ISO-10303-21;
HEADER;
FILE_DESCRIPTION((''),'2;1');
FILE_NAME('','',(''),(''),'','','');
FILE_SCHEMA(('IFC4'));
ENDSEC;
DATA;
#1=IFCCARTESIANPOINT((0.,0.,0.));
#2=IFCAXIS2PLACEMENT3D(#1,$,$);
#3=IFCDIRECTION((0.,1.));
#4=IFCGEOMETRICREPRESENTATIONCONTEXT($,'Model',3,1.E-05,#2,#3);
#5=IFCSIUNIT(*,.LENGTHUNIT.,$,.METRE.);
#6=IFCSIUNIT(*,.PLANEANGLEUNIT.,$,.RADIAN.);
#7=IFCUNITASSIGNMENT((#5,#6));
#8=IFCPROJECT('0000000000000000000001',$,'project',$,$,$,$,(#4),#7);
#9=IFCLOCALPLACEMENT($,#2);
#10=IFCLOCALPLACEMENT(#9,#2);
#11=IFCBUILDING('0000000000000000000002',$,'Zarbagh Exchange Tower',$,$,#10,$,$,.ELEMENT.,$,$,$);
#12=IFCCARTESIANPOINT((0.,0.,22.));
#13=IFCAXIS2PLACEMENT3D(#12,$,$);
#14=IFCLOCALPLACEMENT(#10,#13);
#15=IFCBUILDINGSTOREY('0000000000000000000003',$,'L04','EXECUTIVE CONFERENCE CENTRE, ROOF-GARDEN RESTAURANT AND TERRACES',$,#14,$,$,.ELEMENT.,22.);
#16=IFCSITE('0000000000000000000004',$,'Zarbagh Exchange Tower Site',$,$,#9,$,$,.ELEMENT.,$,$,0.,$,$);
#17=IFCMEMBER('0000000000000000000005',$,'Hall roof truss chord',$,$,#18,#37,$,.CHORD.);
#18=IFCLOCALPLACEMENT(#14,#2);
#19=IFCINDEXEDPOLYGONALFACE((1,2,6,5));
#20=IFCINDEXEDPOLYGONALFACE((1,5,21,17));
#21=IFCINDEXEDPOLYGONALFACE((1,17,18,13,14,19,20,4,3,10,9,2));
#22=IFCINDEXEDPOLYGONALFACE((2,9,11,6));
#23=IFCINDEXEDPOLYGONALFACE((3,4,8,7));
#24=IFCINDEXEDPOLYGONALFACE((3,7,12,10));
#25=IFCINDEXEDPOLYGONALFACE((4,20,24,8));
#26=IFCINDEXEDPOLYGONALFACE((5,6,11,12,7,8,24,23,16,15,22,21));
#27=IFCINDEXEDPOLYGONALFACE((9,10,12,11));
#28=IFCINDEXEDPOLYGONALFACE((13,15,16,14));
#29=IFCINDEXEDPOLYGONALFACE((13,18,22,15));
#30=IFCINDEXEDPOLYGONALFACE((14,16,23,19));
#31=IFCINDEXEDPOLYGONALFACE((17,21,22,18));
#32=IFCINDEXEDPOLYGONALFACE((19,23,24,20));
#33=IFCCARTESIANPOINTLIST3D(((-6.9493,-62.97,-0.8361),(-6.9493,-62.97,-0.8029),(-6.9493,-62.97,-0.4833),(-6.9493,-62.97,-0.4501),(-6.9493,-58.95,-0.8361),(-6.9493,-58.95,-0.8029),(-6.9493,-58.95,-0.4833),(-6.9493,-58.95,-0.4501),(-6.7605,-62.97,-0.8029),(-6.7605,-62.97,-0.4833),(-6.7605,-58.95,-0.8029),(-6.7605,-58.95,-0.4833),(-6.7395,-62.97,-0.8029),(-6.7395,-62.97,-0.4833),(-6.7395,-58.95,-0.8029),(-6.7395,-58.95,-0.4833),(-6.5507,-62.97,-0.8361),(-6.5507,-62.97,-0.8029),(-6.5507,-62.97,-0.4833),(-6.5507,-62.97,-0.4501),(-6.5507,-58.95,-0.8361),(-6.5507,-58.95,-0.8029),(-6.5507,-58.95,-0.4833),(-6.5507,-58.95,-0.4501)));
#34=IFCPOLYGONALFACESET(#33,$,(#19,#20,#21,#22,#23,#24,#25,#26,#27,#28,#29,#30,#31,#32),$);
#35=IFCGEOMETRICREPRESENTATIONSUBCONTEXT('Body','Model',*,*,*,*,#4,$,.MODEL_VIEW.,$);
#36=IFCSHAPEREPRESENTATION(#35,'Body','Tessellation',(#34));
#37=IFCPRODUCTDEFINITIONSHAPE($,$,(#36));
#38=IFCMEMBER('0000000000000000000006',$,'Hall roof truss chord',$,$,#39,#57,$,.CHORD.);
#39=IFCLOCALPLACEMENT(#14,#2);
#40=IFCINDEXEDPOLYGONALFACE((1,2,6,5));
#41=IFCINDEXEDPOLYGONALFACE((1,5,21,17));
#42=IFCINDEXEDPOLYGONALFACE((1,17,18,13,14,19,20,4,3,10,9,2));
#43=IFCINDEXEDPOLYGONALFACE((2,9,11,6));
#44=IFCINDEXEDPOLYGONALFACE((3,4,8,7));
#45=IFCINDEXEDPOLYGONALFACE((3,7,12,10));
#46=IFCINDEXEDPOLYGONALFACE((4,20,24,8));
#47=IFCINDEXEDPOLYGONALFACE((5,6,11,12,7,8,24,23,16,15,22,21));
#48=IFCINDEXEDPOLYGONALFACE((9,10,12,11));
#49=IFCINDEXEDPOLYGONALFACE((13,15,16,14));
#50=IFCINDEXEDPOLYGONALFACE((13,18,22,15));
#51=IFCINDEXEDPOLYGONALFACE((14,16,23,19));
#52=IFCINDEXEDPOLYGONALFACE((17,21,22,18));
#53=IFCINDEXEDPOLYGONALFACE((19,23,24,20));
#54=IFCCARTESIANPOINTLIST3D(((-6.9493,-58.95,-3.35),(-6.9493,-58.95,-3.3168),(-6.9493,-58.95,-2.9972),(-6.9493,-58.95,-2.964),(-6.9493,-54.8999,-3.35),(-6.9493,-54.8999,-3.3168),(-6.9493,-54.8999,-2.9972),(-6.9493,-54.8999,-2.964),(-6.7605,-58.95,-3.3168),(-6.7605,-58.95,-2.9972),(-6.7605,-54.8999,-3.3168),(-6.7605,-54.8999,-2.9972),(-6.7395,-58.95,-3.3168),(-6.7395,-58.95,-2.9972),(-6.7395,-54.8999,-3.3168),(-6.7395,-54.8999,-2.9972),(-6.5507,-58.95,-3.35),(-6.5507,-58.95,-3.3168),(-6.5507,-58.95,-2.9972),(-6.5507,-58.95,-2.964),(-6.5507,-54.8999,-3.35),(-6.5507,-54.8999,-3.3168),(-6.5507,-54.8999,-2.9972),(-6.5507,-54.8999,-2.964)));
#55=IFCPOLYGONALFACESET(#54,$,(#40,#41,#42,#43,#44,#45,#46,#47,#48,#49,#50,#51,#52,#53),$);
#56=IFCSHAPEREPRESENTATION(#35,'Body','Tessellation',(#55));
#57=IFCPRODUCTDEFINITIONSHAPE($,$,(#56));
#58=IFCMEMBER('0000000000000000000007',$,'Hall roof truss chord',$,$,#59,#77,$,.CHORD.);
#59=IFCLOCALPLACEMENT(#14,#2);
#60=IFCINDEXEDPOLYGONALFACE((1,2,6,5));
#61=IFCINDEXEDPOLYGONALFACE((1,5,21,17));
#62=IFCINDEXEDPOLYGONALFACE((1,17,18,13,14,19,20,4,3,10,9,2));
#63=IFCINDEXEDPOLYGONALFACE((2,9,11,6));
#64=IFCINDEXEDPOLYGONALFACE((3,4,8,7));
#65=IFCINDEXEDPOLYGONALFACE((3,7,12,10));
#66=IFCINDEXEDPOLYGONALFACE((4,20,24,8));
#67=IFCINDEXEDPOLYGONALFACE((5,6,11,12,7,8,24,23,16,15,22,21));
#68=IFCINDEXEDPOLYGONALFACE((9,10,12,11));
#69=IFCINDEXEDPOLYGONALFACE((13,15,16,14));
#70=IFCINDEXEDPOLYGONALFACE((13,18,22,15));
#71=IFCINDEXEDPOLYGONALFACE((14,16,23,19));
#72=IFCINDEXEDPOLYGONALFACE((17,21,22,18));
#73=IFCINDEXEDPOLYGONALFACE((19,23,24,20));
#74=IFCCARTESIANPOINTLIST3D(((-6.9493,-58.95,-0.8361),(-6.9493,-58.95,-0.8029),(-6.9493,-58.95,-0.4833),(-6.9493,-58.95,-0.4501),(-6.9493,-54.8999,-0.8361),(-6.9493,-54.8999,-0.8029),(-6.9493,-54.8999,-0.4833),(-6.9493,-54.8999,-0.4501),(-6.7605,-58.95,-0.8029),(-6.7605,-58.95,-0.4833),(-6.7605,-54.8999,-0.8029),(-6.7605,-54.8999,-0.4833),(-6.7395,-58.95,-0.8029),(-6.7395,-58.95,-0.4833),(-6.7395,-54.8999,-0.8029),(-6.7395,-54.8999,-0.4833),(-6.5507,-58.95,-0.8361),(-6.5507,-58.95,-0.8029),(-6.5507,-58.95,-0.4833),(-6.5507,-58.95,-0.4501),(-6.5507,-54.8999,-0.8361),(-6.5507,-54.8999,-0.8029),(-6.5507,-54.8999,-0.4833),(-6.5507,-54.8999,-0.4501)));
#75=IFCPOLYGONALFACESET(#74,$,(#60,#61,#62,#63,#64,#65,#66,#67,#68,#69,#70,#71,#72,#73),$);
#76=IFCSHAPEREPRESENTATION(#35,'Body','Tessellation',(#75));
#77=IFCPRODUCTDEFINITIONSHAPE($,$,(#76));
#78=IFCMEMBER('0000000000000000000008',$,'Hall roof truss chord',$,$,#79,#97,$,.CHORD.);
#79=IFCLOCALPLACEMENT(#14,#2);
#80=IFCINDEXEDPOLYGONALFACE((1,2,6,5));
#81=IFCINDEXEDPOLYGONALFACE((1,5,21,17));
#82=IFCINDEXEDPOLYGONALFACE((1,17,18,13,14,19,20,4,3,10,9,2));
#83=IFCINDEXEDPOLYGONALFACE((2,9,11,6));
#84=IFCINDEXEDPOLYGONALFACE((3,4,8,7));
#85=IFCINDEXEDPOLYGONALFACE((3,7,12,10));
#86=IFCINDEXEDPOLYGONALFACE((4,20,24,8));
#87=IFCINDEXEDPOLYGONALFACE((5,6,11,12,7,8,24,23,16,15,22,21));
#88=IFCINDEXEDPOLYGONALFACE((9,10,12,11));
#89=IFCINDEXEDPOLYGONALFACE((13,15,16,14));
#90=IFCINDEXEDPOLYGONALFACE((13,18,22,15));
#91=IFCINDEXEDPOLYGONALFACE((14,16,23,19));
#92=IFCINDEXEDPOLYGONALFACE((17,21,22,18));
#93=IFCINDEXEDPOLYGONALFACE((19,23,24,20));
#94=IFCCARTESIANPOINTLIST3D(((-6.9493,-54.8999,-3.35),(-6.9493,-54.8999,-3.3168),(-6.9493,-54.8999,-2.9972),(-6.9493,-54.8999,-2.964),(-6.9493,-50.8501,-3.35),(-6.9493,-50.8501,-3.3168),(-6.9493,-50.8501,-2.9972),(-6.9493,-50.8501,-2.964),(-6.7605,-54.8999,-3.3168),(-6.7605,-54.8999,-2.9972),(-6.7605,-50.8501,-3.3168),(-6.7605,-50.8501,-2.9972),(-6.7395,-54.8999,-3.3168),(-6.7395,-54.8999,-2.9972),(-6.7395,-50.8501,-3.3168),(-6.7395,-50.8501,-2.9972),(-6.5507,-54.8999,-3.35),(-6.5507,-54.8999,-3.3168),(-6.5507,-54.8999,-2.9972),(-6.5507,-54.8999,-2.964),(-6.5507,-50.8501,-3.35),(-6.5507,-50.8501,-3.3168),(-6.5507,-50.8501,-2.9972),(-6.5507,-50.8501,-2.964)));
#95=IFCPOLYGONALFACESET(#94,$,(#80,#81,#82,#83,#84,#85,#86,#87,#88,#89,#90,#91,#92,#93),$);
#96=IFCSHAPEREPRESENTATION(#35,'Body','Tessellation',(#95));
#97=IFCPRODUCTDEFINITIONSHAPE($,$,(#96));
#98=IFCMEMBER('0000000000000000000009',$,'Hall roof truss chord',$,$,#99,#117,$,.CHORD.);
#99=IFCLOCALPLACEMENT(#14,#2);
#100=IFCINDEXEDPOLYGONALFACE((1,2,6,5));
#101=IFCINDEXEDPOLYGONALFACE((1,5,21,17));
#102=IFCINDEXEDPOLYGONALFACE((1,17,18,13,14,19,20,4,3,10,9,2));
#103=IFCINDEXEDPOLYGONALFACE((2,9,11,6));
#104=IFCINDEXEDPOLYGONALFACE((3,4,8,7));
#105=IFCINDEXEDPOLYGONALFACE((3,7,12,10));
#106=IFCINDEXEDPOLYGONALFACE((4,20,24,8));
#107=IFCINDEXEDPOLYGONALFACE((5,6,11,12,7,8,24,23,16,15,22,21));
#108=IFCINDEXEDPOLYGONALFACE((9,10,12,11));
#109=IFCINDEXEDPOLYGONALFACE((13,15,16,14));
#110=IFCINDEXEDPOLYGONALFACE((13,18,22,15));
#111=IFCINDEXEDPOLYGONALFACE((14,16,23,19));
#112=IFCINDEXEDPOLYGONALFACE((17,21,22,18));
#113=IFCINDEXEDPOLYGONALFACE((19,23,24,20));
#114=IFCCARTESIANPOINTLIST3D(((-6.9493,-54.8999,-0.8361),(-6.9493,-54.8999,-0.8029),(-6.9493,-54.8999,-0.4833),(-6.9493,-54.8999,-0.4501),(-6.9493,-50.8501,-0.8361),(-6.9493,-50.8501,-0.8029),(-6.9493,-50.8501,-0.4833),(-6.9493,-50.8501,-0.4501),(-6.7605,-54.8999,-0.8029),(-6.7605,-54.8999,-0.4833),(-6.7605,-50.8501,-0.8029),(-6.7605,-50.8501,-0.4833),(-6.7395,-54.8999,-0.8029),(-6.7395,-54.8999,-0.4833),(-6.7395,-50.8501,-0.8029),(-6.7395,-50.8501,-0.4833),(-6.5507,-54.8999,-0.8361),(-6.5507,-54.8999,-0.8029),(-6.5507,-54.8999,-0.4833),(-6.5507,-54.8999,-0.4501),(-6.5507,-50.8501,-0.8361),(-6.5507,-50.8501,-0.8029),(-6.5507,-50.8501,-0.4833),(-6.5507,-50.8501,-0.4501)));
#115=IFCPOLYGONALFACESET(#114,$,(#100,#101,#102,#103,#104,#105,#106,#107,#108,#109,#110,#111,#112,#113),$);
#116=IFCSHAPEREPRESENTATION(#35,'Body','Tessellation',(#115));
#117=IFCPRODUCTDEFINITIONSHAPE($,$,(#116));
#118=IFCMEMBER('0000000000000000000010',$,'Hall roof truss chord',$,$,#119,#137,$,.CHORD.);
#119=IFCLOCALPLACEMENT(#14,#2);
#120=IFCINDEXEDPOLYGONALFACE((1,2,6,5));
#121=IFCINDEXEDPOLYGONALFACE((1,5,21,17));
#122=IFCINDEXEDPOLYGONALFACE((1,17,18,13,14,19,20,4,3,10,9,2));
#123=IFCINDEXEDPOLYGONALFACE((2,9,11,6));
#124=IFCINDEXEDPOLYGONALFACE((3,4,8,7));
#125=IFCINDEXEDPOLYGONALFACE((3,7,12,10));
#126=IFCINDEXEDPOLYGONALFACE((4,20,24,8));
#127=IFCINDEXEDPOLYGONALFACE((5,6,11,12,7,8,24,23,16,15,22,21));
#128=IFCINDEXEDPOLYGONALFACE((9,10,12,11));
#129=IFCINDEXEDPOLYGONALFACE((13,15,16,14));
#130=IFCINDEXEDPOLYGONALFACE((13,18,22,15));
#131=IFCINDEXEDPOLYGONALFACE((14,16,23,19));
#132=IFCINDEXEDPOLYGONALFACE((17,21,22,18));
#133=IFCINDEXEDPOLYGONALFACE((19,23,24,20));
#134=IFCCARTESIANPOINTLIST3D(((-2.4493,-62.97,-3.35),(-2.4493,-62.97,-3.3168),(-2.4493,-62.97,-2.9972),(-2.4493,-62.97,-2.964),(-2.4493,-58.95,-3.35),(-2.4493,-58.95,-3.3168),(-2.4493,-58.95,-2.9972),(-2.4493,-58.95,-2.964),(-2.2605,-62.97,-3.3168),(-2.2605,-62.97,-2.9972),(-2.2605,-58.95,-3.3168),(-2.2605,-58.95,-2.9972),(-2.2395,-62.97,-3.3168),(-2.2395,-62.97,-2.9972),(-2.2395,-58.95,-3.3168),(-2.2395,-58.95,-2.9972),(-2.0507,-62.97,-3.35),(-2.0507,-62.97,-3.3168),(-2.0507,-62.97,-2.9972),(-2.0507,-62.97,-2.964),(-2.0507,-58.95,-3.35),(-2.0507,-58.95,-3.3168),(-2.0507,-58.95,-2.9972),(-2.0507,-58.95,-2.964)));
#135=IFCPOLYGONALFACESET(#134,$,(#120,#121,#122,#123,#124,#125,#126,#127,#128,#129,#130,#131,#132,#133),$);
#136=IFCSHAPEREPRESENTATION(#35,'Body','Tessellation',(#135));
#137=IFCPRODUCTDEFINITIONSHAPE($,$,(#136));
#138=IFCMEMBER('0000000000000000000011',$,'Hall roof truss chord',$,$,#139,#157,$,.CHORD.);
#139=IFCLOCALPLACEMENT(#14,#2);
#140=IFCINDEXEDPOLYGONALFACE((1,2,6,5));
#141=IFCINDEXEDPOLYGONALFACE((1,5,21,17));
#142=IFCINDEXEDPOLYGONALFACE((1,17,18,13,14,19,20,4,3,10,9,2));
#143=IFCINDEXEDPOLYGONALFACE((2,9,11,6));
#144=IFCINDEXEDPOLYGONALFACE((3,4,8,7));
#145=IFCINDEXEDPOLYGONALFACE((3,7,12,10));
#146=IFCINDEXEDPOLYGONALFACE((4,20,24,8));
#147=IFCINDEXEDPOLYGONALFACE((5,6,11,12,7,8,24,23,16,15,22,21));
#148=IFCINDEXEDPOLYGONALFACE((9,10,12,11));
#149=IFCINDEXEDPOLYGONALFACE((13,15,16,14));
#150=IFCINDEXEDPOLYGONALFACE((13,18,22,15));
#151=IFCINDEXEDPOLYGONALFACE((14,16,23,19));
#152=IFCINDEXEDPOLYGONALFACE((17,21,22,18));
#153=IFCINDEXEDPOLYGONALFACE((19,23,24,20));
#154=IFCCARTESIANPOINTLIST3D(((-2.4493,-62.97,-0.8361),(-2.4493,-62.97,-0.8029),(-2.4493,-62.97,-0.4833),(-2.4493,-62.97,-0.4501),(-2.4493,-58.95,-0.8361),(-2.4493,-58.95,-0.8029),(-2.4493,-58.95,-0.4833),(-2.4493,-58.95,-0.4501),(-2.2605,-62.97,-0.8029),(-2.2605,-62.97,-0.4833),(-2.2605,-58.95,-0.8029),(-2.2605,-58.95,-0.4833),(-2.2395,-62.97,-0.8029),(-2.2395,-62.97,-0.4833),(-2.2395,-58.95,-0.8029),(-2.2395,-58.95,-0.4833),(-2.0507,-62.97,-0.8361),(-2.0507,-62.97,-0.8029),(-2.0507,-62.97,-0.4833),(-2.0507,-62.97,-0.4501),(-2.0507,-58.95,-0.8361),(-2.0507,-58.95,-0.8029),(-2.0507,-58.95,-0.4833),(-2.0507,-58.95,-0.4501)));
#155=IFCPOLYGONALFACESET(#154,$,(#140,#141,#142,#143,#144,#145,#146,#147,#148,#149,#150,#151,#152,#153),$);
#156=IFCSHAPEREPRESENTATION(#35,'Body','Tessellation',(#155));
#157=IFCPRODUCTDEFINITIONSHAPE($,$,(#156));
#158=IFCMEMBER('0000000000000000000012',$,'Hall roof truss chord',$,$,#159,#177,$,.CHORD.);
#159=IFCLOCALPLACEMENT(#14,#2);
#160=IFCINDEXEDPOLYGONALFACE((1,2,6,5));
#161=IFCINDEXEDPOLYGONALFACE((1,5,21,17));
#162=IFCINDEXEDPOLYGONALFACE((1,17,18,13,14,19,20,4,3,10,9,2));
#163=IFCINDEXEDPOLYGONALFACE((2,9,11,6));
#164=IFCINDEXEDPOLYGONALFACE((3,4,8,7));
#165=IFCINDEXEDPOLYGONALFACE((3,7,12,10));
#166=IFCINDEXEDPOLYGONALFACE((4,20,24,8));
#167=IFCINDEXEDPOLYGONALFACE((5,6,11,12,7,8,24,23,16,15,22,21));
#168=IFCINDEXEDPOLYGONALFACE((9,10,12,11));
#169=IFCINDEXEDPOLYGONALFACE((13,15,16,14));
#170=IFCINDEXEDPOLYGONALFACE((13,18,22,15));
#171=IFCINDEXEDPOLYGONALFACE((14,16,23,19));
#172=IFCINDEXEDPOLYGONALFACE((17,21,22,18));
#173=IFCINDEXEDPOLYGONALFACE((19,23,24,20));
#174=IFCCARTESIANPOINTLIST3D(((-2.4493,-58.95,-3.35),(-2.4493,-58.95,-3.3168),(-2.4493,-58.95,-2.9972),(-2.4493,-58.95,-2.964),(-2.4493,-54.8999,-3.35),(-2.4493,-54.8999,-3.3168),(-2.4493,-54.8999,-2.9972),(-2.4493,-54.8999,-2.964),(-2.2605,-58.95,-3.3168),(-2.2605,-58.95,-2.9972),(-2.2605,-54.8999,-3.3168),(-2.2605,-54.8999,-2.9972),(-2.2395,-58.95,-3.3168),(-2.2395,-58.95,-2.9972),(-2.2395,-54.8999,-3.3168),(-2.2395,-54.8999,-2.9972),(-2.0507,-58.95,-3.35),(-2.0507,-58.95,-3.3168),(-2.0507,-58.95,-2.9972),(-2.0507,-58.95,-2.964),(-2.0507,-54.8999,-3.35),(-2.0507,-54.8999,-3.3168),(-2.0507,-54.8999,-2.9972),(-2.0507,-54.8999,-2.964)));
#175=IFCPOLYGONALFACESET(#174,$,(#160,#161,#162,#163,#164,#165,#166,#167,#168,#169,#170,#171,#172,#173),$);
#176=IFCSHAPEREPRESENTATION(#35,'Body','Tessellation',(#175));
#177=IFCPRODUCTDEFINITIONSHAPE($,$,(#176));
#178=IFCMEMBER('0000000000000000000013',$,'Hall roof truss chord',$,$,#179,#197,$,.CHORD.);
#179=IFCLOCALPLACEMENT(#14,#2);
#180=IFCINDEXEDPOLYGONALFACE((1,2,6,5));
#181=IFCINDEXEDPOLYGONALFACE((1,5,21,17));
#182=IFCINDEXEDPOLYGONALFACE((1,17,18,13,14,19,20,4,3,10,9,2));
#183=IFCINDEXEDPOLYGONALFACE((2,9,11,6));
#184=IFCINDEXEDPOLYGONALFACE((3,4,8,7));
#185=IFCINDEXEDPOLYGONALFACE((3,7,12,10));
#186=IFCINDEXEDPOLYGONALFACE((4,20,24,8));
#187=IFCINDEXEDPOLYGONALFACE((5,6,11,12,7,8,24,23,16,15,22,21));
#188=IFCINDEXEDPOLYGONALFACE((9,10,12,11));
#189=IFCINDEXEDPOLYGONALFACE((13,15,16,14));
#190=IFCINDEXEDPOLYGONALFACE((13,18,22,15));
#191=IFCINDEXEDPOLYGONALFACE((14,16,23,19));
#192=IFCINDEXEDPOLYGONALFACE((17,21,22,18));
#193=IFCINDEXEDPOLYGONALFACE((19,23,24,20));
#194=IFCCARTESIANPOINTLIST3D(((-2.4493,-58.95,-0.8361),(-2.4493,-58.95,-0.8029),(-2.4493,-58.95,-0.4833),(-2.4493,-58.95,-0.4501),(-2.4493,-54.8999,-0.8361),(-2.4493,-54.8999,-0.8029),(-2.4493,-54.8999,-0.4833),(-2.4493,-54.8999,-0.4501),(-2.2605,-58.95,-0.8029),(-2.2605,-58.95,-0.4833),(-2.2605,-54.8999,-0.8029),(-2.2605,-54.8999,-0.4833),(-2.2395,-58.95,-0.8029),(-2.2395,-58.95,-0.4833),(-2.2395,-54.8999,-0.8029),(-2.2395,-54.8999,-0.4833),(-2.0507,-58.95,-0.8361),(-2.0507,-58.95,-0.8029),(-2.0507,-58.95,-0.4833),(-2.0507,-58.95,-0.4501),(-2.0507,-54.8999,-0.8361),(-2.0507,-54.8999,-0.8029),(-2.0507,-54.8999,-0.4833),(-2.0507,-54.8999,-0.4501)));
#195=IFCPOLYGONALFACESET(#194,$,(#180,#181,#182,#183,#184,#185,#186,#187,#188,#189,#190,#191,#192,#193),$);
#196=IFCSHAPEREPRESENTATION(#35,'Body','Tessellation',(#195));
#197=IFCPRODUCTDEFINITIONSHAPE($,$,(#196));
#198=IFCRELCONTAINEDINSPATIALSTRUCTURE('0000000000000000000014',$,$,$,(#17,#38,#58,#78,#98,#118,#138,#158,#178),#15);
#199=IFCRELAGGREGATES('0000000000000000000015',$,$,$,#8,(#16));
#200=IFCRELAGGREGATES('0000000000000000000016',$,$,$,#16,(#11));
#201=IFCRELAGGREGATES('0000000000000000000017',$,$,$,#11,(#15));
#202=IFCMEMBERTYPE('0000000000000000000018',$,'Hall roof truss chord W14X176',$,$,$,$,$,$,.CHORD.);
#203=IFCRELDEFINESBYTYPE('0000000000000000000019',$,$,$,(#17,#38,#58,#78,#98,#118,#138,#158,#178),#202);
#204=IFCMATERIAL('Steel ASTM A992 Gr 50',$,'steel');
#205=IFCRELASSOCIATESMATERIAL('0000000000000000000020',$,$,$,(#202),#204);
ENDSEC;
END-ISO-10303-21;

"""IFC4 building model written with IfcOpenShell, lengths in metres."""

from ifc_helpers import new_model, si_unit, direction, frame, origin, origin_2d, place, context, subcontext, project, spatial, i_section, extrude, material, material_profile, profile_set, type_object, element, save


model = new_model("IFC4")

# Units and contexts
model_context = context("Model", 3, precision=1e-05, world=origin(), true_north=direction((0.0, 1.0)))
body_context = subcontext(model_context, "Body", "Model", "MODEL_VIEW")
ifc_project = project(units=[si_unit("LENGTHUNIT", "METRE"), si_unit("PLANEANGLEUNIT", "RADIAN")], contexts=[model_context])

# Site, building, storey
site_placement = place(None, origin())
site = spatial("IfcSite", under=ifc_project, at=site_placement, Name="Zarbagh Exchange Tower Site", CompositionType="ELEMENT", RefElevation=0.0)
building_placement = place(site_placement, origin())
building = spatial("IfcBuilding", under=site, at=building_placement, Name="Zarbagh Exchange Tower", CompositionType="ELEMENT")
storey_placement = place(building_placement, frame((0.0, 0.0, 22.0)))
storey = spatial("IfcBuildingStorey", under=building, at=storey_placement, Name="L04", Description="EXECUTIVE CONFERENCE CENTRE, ROOF-GARDEN RESTAURANT AND TERRACES", CompositionType="ELEMENT", Elevation=22.0)

# Members
ifc_material_1 = material(Name="Steel ASTM A992 Gr 50", Category="steel")
ifc_material_profile_1 = material_profile(ifc_material_1, i_section(OverallWidth=0.3987, OverallDepth=0.386, WebThickness=0.021, FlangeThickness=0.0332, at=origin_2d()), Name="W14X176")
ifc_profile_set_1 = profile_set([ifc_material_profile_1], Name="Steel ASTM A992 Gr 50")
member_type_1 = type_object("IfcMemberType", Name="Hall roof truss chord W14X176", PredefinedType="CHORD", material=ifc_profile_set_1)
for number, where, z_axis, x_axis, name in (
    (1, (-6.75, -62.97, -0.6431), (0.0, 1.0, 0.0), (-1.0, 0.0, 0.0), "Hall roof truss chord"),
):
    element("IfcMember", number, at=place(storey_placement, frame(where, z_axis=z_axis, x_axis=x_axis)), inside=storey, type_object=member_type_1, Name=name, PredefinedType="CHORD", context=body_context, shape_type="SweptSolid", body=[
        extrude(i_section(OverallWidth=0.3987, OverallDepth=0.386, WebThickness=0.021, FlangeThickness=0.0332, at=origin_2d()), origin(), (0.0, 0.0, 1.0), 4.02),
    ])
for number, where, z_axis, x_axis, name in (
    (2, (-6.75, -58.95, -3.157), (0.0, 1.0, 0.0), (-1.0, 0.0, 0.0), "Hall roof truss chord"),
    (3, (-6.75, -58.95, -0.6431), (0.0, 1.0, 0.0), (-1.0, 0.0, 0.0), "Hall roof truss chord"),
):
    element("IfcMember", number, at=place(storey_placement, frame(where, z_axis=z_axis, x_axis=x_axis)), inside=storey, type_object=member_type_1, Name=name, PredefinedType="CHORD", context=body_context, shape_type="SweptSolid", body=[
        extrude(i_section(OverallWidth=0.3987, OverallDepth=0.386, WebThickness=0.021, FlangeThickness=0.0332, at=origin_2d()), origin(), (0.0, 0.0, 1.0), 4.05),
    ])
for number, where, z_axis, x_axis, name in (
    (4, (-6.75, -54.8999, -3.157), (0.0, 1.0, 0.0), (-1.0, 0.0, 0.0), "Hall roof truss chord"),
    (5, (-6.75, -54.8999, -0.6431), (0.0, 1.0, 0.0), (-1.0, 0.0, 0.0), "Hall roof truss chord"),
):
    element("IfcMember", number, at=place(storey_placement, frame(where, z_axis=z_axis, x_axis=x_axis)), inside=storey, type_object=member_type_1, Name=name, PredefinedType="CHORD", context=body_context, shape_type="SweptSolid", body=[
        extrude(i_section(OverallWidth=0.3987, OverallDepth=0.386, WebThickness=0.021, FlangeThickness=0.0332, at=origin_2d()), origin(), (0.0, 0.0, 1.0), 4.0498),
    ])
for number, where, z_axis, x_axis, name in (
    (6, (-2.25, -62.97, -3.157), (0.0, 1.0, 0.0), (-1.0, 0.0, 0.0), "Hall roof truss chord"),
    (7, (-2.25, -62.97, -0.6431), (0.0, 1.0, 0.0), (-1.0, 0.0, 0.0), "Hall roof truss chord"),
):
    element("IfcMember", number, at=place(storey_placement, frame(where, z_axis=z_axis, x_axis=x_axis)), inside=storey, type_object=member_type_1, Name=name, PredefinedType="CHORD", context=body_context, shape_type="SweptSolid", body=[
        extrude(i_section(OverallWidth=0.3987, OverallDepth=0.386, WebThickness=0.021, FlangeThickness=0.0332, at=origin_2d()), origin(), (0.0, 0.0, 1.0), 4.02),
    ])
for number, where, z_axis, x_axis, name in (
    (8, (-2.25, -58.95, -3.157), (0.0, 1.0, 0.0), (-1.0, 0.0, 0.0), "Hall roof truss chord"),
    (9, (-2.25, -58.95, -0.6431), (0.0, 1.0, 0.0), (-1.0, 0.0, 0.0), "Hall roof truss chord"),
):
    element("IfcMember", number, at=place(storey_placement, frame(where, z_axis=z_axis, x_axis=x_axis)), inside=storey, type_object=member_type_1, Name=name, PredefinedType="CHORD", context=body_context, shape_type="SweptSolid", body=[
        extrude(i_section(OverallWidth=0.3987, OverallDepth=0.386, WebThickness=0.021, FlangeThickness=0.0332, at=origin_2d()), origin(), (0.0, 0.0, 1.0), 4.05),
    ])

save(model, "model.ifc")
